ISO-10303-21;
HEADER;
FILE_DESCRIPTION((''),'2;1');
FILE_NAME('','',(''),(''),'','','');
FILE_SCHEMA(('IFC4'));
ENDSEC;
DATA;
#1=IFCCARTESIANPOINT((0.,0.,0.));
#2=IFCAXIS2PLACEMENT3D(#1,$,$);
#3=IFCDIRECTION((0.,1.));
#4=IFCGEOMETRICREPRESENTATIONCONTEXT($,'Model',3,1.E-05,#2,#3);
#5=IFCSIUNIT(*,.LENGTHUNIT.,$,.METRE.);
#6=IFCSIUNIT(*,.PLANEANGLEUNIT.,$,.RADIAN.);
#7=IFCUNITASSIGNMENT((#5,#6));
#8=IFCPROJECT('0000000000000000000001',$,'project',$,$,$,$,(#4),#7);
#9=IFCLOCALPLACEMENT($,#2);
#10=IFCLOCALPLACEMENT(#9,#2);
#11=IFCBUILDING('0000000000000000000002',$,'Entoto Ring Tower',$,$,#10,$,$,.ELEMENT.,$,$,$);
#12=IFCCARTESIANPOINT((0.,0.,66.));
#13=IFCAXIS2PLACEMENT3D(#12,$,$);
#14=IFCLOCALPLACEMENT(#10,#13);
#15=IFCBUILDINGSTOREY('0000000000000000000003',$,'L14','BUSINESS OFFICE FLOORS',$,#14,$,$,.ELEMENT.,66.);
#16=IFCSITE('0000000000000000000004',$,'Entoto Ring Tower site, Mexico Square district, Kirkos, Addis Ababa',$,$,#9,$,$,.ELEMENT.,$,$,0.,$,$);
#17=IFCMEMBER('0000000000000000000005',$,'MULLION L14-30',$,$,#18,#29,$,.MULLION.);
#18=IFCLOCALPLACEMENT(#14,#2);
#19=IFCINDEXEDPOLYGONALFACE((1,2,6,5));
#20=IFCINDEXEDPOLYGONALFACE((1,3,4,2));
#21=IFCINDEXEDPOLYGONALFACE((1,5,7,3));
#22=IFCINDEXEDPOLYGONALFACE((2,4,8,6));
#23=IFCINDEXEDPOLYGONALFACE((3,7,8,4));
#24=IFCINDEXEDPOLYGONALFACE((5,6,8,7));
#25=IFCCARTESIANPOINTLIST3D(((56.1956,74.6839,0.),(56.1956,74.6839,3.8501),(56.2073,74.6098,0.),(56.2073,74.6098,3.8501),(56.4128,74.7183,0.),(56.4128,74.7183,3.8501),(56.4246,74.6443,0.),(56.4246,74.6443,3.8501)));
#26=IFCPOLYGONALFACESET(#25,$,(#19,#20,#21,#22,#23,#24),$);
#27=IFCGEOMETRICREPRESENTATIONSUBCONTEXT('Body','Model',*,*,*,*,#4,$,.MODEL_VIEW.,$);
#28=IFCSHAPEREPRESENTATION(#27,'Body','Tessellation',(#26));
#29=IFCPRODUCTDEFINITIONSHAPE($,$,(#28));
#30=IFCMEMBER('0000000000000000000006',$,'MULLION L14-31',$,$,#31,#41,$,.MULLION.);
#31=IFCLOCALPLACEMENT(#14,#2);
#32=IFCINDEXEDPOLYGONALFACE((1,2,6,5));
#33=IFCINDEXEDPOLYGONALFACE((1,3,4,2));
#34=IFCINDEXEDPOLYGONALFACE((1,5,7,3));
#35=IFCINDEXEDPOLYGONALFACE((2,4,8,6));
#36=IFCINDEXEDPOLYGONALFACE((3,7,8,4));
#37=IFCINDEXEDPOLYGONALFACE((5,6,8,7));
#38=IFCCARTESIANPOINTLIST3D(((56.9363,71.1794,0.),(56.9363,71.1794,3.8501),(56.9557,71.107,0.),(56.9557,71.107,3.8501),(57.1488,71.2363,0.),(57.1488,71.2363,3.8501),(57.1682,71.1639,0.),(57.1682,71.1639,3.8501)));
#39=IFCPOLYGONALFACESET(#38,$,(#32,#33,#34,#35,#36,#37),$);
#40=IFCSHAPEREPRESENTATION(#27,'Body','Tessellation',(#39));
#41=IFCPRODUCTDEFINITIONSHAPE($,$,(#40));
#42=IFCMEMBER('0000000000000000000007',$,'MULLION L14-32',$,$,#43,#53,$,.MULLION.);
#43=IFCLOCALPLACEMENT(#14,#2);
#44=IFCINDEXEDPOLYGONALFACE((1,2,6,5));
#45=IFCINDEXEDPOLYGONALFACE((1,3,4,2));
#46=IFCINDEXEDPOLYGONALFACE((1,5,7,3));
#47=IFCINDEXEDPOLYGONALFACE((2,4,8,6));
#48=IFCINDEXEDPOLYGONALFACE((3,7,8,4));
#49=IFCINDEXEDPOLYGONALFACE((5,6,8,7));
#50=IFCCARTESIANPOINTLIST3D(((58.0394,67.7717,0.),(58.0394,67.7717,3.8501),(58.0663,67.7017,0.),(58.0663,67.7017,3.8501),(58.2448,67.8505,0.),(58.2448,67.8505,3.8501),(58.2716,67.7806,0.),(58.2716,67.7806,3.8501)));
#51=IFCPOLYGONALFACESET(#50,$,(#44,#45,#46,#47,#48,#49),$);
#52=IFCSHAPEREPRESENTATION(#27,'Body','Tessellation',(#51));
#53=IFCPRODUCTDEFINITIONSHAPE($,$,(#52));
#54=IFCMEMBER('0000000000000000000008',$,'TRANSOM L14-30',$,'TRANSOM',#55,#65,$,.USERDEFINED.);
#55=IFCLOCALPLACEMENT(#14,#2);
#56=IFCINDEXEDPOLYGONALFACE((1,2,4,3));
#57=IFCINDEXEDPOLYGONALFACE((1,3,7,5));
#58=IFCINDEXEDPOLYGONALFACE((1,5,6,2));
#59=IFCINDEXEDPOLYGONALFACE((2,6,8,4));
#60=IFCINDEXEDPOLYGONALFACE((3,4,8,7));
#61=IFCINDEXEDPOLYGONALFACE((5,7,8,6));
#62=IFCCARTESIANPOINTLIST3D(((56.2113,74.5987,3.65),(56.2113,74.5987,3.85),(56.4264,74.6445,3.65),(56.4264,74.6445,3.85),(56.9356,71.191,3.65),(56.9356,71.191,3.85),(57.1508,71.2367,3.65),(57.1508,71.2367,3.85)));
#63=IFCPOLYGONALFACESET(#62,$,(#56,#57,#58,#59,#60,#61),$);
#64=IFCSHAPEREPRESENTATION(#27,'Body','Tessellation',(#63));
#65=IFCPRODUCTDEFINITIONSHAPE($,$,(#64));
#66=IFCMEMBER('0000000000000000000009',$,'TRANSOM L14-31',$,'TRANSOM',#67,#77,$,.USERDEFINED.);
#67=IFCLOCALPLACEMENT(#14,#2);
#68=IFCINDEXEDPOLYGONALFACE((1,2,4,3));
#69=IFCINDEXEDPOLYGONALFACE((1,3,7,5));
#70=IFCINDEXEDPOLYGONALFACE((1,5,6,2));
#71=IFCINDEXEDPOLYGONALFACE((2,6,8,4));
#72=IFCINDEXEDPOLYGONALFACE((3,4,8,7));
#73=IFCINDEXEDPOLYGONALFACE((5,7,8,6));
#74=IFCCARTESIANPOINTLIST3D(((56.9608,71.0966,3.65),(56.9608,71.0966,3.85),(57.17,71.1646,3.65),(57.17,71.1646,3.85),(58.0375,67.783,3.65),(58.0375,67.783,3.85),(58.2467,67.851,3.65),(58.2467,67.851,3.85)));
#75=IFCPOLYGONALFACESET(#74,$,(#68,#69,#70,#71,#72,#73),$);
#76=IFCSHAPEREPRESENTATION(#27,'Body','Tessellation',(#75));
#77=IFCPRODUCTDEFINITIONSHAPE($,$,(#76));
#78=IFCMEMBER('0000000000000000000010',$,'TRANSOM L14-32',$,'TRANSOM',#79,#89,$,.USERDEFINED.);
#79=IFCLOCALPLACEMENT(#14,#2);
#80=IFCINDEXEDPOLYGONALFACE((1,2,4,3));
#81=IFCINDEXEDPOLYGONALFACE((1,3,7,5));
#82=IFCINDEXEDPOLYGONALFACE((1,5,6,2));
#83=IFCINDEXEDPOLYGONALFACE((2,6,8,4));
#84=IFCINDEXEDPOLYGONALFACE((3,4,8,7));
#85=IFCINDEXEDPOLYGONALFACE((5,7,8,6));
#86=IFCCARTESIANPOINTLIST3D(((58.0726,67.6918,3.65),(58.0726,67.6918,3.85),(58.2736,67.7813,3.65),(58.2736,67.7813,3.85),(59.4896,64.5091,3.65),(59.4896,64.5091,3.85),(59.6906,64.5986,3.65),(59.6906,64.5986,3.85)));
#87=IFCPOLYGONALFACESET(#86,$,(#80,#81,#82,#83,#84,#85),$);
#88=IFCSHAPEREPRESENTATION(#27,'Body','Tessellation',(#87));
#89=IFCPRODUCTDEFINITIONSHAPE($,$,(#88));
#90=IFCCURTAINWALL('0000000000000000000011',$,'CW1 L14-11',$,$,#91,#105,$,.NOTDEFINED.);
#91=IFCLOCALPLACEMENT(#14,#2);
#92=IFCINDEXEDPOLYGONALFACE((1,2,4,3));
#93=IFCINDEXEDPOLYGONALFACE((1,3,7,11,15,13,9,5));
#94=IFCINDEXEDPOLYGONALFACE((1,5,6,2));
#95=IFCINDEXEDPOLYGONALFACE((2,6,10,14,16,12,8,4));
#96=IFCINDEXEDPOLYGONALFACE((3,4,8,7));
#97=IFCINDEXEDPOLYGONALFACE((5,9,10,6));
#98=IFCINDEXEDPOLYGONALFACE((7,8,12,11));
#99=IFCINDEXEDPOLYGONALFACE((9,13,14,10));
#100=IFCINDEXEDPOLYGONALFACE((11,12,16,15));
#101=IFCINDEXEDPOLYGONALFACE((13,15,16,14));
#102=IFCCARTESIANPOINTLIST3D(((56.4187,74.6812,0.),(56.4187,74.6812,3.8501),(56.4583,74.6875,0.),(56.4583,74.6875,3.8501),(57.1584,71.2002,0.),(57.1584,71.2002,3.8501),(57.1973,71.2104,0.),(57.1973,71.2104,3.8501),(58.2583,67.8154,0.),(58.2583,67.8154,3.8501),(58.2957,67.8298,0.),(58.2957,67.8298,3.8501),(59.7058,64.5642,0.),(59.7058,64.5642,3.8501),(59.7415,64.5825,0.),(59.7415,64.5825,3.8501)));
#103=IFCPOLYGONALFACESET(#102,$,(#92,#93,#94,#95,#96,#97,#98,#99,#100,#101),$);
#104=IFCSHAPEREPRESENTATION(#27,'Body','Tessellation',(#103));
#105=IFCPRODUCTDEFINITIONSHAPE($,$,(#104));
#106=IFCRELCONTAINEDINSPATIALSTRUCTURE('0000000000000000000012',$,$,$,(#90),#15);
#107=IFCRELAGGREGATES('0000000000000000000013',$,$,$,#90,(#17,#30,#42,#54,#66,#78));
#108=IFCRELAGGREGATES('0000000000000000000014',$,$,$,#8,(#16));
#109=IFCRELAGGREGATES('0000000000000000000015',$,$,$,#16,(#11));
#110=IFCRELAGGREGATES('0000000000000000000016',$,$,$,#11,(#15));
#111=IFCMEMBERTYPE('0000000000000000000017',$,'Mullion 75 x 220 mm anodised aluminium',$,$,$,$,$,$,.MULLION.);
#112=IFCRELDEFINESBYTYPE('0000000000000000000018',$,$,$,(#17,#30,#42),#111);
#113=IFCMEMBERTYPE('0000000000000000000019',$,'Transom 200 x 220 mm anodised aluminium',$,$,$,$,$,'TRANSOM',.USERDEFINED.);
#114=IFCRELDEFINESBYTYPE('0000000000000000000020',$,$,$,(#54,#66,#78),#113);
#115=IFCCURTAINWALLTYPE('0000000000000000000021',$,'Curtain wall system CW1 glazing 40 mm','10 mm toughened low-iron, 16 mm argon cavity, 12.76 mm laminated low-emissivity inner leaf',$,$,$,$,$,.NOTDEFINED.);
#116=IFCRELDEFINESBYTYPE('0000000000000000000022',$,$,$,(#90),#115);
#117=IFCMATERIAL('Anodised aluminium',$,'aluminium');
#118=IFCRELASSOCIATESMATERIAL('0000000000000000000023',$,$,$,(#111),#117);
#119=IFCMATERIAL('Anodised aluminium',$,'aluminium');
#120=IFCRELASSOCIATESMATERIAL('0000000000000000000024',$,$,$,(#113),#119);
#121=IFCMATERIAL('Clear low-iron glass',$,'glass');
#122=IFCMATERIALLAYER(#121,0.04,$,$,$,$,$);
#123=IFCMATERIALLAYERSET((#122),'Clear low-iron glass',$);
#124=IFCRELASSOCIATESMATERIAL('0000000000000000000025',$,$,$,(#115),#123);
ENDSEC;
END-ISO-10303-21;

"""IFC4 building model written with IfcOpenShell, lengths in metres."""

from ifc_helpers import new_model, si_unit, direction, frame, origin, origin_2d, place, context, subcontext, project, spatial, polyline, rectangle, outline, extrude, material, layer, layer_set, material_profile, profile_set, type_object, element, aggregate, save


model = new_model("IFC4")

# Units and contexts
model_context = context("Model", 3, precision=1e-05, world=origin(), true_north=direction((0.0, 1.0)))
body_context = subcontext(model_context, "Body", "Model", "MODEL_VIEW")
ifc_project = project(units=[si_unit("LENGTHUNIT", "METRE"), si_unit("PLANEANGLEUNIT", "RADIAN")], contexts=[model_context])

# Members
ifc_material_1 = material(Name="Anodised aluminium", Category="aluminium")
ifc_material_profile_1 = material_profile(ifc_material_1, rectangle(XDim=0.075, YDim=0.22, at=origin_2d()), Name="Mullion 75 x 220 mm anodised aluminium")
ifc_profile_set_1 = profile_set([ifc_material_profile_1], Name="Anodised aluminium")
member_type_1 = type_object("IfcMemberType", Name="Mullion 75 x 220 mm anodised aluminium", PredefinedType="MULLION", material=ifc_profile_set_1)
site_placement = place(None, origin())
building_placement = place(site_placement, origin())
storey_placement = place(building_placement, frame((0.0, 0.0, 66.0)))
member_1_placement = place(storey_placement, frame((56.3101, 74.6641, 0.0), z_axis=(0.0, 0.0, 1.0), x_axis=(0.156434, -0.987688, 0.0)))
member_1 = element("IfcMember", 1, at=member_1_placement, type_object=member_type_1, Name="MULLION L14-30", PredefinedType="MULLION", context=body_context, shape_type="SweptSolid", body=[
    extrude(rectangle(XDim=0.075, YDim=0.22, at=origin_2d()), origin(), (0.0, 0.0, 1.0), 3.8501),
])
member_2_placement = place(storey_placement, frame((57.0522, 71.1716, 0.0), z_axis=(0.0, 0.0, 1.0), x_axis=(0.258819, -0.965926, 0.0)))
member_2 = element("IfcMember", 2, at=member_2_placement, type_object=member_type_1, Name="MULLION L14-31", PredefinedType="MULLION", context=body_context, shape_type="SweptSolid", body=[
    extrude(rectangle(XDim=0.075, YDim=0.22, at=origin_2d()), origin(), (0.0, 0.0, 1.0), 3.8501),
])
member_3_placement = place(storey_placement, frame((58.1555, 67.7761, 0.0), z_axis=(0.0, 0.0, 1.0), x_axis=(0.358368, -0.93358, 0.0)))
member_3 = element("IfcMember", 3, at=member_3_placement, type_object=member_type_1, Name="MULLION L14-32", PredefinedType="MULLION", context=body_context, shape_type="SweptSolid", body=[
    extrude(rectangle(XDim=0.075, YDim=0.22, at=origin_2d()), origin(), (0.0, 0.0, 1.0), 3.8501),
])
ifc_material_2 = material(Name="Anodised aluminium", Category="aluminium")
ifc_material_profile_2 = material_profile(ifc_material_2, rectangle(XDim=0.22, YDim=0.2, at=origin_2d()), Name="Transom 200 x 220 mm anodised aluminium")
ifc_profile_set_2 = profile_set([ifc_material_profile_2], Name="Anodised aluminium")
member_type_2 = type_object("IfcMemberType", Name="Transom 200 x 220 mm anodised aluminium", ElementType="TRANSOM", PredefinedType="USERDEFINED", material=ifc_profile_set_2)
member_4_placement = place(storey_placement, frame((56.3188, 74.6216, 3.75), z_axis=(0.207921, -0.978146, 0.0), x_axis=(0.978146, 0.207921, 0.0)))
member_4 = element("IfcMember", 4, at=member_4_placement, type_object=member_type_2, Name="TRANSOM L14-30", ObjectType="TRANSOM", PredefinedType="USERDEFINED", context=body_context, shape_type="SweptSolid", body=[
    extrude(rectangle(XDim=0.22, YDim=0.2, at=origin_2d()), origin(), (0.0, 0.0, 1.0), 3.4839),
])
member_5_placement = place(storey_placement, frame((57.0654, 71.1306, 3.75), z_axis=(0.309029, -0.951053, 0.0), x_axis=(0.951053, 0.309029, 0.0)))
member_5 = element("IfcMember", 5, at=member_5_placement, type_object=member_type_2, Name="TRANSOM L14-31", ObjectType="TRANSOM", PredefinedType="USERDEFINED", context=body_context, shape_type="SweptSolid", body=[
    extrude(rectangle(XDim=0.22, YDim=0.2, at=origin_2d()), origin(), (0.0, 0.0, 1.0), 3.4841),
])
member_6_placement = place(storey_placement, frame((58.1731, 67.7366, 3.75), z_axis=(0.406737, -0.913545, 0.0), x_axis=(0.913545, 0.406737, 0.0)))
member_6 = element("IfcMember", 6, at=member_6_placement, type_object=member_type_2, Name="TRANSOM L14-32", ObjectType="TRANSOM", PredefinedType="USERDEFINED", context=body_context, shape_type="SweptSolid", body=[
    extrude(rectangle(XDim=0.22, YDim=0.2, at=origin_2d()), origin(), (0.0, 0.0, 1.0), 3.4839),
])

# Site, building, storey
site = spatial("IfcSite", under=ifc_project, at=site_placement, Name="Entoto Ring Tower site, Mexico Square district, Kirkos, Addis Ababa", CompositionType="ELEMENT", RefElevation=0.0)
building = spatial("IfcBuilding", under=site, at=building_placement, Name="Entoto Ring Tower", CompositionType="ELEMENT")
storey = spatial("IfcBuildingStorey", under=building, at=storey_placement, Name="L14", Description="BUSINESS OFFICE FLOORS", CompositionType="ELEMENT", Elevation=66.0)

# Curtain wall
ifc_material_3 = material(Name="Clear low-iron glass", Category="glass")
ifc_layer = layer(ifc_material_3, 0.04)
ifc_layer_set = layer_set([ifc_layer], Name="Clear low-iron glass")
curtain_wall_type = type_object("IfcCurtainWallType", Name="Curtain wall system CW1 glazing 40 mm", Description="10 mm toughened low-iron, 16 mm argon cavity, 12.76 mm laminated low-emissivity inner leaf", PredefinedType="NOTDEFINED", material=ifc_layer_set)
curtain_wall_1_placement = place(storey_placement, origin())
curtain_wall_1 = element("IfcCurtainWall", 7, at=curtain_wall_1_placement, inside=storey, type_object=curtain_wall_type, Name="CW1 L14-11", PredefinedType="NOTDEFINED", context=body_context, shape_type="SweptSolid", body=[
    extrude(outline(polyline([(56.4187, 74.6812), (57.1584, 71.2002), (58.2583, 67.8154), (59.7058, 64.5642), (59.7415, 64.5825), (58.2957, 67.8298), (57.1973, 71.2104), (56.4583, 74.6875), (56.4187, 74.6812)])), origin(), (0.0, 0.0, 1.0), 3.8501),
])
aggregate(curtain_wall_1, [member_1, member_2, member_3, member_4, member_5, member_6])

save(model, "model.ifc")
